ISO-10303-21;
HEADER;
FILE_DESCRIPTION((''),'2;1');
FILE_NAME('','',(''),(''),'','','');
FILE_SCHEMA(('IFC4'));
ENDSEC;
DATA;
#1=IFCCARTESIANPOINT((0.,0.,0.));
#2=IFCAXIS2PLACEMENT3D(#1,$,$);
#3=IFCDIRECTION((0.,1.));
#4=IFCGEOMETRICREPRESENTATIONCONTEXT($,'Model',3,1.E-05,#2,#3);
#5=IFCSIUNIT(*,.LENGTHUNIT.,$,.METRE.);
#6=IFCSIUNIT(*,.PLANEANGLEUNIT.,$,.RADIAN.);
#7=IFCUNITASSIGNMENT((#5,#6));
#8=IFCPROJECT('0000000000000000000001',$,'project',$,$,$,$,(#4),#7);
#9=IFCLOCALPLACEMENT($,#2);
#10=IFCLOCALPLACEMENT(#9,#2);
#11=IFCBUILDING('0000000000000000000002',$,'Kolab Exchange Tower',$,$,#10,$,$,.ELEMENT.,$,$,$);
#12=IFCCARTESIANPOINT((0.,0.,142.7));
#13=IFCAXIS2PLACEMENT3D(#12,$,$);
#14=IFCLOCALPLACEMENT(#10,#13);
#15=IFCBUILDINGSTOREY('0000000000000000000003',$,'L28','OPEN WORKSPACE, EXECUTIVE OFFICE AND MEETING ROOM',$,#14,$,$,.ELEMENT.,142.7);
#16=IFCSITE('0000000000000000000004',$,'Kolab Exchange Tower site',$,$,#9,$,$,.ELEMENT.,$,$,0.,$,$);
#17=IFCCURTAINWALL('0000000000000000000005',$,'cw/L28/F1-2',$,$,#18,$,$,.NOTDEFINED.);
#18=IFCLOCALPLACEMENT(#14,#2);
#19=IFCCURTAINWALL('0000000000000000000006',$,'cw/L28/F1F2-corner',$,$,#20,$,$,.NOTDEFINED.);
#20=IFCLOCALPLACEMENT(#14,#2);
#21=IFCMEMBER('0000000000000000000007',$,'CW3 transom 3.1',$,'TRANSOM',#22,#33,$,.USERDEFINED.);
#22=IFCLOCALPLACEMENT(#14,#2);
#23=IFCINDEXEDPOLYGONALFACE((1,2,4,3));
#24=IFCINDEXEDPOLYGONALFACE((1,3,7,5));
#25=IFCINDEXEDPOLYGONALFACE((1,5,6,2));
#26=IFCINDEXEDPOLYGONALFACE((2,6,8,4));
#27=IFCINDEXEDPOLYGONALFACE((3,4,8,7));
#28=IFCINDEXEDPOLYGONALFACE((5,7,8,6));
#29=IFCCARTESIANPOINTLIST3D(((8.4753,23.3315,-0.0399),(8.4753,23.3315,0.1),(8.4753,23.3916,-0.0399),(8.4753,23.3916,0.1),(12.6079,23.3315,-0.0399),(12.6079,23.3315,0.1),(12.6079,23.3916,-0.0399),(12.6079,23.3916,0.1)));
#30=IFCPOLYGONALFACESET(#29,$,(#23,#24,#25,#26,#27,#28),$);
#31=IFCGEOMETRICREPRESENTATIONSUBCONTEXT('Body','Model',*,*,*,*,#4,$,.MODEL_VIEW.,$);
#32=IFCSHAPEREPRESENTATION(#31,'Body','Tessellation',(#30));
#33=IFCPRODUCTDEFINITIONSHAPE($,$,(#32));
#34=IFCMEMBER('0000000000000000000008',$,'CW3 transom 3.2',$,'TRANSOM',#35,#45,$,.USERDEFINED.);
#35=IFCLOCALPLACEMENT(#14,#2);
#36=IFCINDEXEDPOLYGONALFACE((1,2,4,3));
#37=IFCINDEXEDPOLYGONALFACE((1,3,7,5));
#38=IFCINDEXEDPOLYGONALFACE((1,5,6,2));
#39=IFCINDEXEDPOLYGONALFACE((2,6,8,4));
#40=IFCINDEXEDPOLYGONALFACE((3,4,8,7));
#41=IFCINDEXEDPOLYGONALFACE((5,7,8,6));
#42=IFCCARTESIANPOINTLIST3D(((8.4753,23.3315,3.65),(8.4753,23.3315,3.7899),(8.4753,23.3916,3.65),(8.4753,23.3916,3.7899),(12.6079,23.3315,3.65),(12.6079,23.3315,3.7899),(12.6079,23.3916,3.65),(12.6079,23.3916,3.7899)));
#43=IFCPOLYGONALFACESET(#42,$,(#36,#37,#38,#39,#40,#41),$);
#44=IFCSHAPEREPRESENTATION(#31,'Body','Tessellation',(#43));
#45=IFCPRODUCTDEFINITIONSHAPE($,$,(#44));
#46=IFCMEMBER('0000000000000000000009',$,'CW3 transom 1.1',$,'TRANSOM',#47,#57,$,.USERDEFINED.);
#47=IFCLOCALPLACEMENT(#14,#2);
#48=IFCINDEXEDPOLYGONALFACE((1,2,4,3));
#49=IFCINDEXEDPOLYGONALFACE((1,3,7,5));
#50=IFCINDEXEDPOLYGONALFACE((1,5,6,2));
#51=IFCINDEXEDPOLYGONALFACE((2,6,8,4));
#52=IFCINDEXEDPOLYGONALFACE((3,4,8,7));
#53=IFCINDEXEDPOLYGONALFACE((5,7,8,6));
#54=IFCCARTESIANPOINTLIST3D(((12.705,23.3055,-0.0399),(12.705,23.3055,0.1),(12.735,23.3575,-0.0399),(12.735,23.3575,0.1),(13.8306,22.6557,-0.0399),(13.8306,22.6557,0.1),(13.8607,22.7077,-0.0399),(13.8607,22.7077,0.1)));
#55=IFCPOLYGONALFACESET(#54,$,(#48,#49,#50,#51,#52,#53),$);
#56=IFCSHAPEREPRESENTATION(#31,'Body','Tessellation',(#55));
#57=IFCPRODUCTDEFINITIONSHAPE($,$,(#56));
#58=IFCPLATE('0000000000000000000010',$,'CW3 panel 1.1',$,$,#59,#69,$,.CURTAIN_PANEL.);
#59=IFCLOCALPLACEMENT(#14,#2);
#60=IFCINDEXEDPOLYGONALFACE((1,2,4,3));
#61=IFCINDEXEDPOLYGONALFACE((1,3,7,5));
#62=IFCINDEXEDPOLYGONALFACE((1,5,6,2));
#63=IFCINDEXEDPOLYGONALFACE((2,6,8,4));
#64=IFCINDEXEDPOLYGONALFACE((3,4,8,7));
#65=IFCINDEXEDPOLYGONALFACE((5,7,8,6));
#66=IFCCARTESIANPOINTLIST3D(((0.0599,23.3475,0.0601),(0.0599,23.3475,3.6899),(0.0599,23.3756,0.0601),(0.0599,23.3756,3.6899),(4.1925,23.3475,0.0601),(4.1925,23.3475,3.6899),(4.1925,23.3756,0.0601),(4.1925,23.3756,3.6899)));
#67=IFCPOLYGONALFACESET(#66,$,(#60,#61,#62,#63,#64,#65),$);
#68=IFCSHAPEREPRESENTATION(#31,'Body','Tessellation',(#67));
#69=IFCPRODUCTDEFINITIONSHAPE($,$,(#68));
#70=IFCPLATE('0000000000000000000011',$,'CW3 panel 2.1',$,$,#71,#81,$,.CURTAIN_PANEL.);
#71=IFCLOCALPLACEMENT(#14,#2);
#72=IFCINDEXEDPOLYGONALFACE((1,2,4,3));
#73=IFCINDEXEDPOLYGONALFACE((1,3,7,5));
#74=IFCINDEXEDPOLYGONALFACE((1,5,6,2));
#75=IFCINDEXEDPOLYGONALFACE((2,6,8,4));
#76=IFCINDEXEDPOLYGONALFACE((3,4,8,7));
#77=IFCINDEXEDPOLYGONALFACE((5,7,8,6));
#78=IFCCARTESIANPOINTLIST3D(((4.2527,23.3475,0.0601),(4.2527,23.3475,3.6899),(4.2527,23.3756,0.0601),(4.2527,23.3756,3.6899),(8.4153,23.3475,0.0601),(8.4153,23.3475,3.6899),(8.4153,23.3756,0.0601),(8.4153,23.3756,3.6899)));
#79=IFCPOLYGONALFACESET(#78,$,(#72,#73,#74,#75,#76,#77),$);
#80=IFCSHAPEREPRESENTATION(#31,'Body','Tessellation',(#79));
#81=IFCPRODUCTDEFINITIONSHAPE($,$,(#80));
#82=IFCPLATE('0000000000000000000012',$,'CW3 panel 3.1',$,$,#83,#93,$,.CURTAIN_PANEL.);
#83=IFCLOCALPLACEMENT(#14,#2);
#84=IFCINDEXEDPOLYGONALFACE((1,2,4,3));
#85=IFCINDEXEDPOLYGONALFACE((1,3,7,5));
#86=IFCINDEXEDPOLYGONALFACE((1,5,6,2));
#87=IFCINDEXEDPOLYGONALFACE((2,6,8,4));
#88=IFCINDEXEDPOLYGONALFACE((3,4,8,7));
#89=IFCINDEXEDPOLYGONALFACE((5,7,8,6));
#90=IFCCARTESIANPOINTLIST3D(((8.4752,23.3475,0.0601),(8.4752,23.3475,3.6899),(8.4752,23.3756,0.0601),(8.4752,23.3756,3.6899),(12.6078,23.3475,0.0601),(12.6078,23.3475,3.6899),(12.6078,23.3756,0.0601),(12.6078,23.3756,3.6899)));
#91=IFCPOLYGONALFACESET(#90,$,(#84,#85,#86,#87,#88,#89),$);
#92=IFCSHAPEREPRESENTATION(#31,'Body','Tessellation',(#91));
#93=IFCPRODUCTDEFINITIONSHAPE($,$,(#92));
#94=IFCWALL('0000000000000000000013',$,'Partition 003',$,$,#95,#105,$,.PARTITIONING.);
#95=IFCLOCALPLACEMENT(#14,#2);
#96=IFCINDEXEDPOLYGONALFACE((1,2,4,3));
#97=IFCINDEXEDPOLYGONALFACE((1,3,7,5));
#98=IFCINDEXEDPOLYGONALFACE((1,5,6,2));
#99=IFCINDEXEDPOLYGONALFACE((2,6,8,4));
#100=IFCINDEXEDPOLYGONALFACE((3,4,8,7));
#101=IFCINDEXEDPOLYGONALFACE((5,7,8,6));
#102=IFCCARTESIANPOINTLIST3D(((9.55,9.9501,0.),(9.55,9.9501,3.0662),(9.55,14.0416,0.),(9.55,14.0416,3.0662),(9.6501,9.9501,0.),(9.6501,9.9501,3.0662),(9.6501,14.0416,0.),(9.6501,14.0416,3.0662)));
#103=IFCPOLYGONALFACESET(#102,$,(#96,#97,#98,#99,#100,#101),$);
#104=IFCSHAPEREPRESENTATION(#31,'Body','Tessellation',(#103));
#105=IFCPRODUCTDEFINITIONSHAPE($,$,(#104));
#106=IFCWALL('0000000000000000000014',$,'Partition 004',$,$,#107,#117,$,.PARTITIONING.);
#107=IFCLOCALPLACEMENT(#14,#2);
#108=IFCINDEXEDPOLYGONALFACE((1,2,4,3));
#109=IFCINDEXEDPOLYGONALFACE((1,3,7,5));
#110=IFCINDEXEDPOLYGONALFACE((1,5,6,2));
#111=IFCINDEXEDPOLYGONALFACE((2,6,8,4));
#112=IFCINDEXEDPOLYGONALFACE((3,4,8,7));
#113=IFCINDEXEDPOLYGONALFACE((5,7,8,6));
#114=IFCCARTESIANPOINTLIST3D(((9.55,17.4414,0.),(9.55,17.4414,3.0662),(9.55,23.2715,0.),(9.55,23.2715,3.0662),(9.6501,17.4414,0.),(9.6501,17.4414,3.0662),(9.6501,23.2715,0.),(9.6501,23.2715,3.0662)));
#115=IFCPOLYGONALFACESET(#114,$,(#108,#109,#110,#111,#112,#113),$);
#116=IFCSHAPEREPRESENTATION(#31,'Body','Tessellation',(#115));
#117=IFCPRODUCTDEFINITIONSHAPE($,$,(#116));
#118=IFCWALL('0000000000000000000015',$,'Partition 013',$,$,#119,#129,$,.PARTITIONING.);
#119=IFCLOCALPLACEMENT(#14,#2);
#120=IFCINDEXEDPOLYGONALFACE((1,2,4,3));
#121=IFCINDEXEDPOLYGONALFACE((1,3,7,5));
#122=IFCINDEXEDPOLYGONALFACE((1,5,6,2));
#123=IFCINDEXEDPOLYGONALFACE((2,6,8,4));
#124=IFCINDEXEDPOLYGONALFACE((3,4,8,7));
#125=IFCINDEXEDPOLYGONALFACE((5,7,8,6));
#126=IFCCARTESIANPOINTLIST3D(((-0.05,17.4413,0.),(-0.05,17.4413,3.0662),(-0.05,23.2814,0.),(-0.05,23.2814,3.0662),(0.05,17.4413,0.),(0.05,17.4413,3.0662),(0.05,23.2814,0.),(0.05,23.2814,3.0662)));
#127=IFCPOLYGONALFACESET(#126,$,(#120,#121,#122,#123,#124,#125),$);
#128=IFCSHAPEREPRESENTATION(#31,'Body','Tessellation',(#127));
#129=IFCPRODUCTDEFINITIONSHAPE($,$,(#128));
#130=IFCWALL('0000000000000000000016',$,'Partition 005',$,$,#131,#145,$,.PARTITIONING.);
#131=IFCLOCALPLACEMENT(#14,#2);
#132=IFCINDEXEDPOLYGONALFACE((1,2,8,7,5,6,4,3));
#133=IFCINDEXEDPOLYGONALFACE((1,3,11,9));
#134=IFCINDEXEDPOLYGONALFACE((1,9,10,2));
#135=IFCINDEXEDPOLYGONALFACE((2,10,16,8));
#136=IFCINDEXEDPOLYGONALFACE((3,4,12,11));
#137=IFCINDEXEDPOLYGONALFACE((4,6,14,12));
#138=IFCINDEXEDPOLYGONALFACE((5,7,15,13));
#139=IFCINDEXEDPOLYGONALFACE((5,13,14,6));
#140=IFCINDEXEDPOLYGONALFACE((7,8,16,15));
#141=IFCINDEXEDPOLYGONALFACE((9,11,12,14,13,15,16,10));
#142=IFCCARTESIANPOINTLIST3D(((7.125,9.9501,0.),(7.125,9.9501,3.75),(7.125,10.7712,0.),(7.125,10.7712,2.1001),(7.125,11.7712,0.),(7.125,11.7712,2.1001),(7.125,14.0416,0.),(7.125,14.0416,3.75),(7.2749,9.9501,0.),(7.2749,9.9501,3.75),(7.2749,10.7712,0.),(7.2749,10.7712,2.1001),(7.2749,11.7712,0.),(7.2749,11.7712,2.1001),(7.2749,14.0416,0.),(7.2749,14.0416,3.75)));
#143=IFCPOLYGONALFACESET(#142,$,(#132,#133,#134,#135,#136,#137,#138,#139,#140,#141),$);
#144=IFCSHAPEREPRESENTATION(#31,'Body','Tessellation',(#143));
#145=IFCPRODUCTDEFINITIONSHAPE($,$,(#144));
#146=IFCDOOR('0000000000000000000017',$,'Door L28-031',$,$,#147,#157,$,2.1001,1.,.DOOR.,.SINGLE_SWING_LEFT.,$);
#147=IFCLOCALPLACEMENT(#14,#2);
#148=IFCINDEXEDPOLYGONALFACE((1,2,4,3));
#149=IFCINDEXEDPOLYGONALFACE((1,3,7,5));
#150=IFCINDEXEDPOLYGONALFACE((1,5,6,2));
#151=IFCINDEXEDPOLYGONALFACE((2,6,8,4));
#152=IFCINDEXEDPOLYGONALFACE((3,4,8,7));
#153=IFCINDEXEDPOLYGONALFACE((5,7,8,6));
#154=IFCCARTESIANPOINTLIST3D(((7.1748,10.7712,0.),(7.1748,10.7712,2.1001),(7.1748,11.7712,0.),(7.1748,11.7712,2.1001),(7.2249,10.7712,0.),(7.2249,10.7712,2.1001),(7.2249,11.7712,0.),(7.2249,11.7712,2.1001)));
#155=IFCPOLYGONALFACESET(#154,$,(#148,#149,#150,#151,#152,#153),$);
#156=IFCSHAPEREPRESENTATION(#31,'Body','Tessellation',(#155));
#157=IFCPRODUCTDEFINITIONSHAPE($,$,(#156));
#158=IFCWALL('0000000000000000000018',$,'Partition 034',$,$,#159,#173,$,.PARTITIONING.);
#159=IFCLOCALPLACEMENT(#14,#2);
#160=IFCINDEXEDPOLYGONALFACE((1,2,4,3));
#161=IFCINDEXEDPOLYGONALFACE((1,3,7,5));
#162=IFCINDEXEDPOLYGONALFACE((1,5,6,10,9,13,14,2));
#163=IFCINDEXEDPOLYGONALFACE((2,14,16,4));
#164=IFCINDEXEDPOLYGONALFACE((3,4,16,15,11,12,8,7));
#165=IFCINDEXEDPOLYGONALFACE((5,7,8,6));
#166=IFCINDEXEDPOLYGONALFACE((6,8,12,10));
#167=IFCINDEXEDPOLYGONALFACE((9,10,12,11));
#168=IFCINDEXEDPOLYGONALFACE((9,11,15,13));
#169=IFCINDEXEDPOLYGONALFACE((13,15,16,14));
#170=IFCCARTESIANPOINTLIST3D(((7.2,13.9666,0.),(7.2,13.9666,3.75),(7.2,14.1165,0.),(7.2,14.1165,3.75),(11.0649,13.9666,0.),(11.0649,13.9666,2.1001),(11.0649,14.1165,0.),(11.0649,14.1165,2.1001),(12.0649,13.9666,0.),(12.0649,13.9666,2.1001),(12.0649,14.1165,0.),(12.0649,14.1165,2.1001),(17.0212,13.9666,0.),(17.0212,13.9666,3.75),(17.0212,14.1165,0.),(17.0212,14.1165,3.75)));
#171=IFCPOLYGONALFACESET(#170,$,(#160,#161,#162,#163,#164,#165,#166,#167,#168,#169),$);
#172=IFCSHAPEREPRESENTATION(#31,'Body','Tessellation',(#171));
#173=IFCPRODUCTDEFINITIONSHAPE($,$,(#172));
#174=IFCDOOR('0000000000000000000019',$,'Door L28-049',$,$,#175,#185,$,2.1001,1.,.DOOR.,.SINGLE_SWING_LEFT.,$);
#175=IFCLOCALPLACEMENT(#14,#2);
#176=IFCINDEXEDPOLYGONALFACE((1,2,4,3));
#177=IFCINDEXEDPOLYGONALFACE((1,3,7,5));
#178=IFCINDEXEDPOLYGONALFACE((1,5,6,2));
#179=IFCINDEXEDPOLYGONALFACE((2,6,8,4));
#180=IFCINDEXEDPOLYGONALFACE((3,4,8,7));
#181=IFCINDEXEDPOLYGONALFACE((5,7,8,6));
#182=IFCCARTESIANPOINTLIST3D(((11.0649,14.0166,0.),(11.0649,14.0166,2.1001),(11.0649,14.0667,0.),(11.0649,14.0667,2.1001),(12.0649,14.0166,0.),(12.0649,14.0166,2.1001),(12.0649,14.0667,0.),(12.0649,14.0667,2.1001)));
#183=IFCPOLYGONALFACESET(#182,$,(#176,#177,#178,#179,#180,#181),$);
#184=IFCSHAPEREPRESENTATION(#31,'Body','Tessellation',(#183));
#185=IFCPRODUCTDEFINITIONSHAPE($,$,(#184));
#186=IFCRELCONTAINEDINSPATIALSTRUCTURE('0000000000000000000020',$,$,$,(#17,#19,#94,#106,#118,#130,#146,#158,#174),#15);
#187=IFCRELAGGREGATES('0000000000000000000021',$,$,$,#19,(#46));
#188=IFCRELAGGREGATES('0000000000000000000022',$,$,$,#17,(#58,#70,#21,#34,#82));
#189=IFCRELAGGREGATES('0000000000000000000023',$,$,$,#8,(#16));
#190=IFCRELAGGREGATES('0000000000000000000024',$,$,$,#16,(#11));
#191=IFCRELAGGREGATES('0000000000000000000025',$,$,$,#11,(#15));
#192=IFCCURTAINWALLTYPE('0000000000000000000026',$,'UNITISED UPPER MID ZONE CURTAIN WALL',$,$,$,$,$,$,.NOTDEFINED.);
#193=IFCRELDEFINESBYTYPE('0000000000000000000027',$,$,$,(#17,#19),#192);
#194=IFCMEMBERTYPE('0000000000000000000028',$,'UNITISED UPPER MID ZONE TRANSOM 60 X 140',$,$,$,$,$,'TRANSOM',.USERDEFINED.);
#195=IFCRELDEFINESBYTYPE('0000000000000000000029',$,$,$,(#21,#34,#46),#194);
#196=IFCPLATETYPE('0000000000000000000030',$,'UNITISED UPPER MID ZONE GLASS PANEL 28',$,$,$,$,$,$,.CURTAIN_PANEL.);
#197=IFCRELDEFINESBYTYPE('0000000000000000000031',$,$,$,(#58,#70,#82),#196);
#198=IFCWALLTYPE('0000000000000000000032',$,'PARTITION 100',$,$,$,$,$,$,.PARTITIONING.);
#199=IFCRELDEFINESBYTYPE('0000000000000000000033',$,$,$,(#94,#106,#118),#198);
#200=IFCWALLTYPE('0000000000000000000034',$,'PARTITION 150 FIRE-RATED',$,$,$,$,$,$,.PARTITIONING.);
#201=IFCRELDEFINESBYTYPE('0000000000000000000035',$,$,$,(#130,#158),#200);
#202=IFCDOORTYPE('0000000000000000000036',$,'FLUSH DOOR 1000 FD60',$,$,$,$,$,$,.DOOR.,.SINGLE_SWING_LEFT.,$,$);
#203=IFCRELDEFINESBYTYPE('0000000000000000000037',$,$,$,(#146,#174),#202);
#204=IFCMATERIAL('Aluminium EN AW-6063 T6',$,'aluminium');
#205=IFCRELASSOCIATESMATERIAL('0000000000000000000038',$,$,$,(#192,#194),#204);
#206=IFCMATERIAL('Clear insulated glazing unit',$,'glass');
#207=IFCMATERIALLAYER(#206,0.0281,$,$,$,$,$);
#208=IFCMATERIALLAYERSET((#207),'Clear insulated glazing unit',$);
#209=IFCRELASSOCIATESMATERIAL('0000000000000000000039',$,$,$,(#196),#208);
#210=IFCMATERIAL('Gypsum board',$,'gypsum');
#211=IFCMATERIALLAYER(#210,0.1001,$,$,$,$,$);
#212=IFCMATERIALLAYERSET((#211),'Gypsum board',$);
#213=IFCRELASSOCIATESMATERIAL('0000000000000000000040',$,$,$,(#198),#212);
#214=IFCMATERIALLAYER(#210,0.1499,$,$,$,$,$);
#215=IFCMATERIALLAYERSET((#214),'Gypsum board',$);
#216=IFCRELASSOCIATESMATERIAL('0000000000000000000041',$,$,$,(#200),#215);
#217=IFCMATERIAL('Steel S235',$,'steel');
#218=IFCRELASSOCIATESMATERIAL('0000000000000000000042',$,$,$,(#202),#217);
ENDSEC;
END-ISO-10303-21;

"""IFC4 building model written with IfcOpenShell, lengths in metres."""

from ifc_helpers import new_model, si_unit, direction, frame, frame_2d, origin, origin_2d, place, context, subcontext, project, spatial, rectangle, extrude, material, layer, layer_set, material_profile, profile_set, type_object, element, fill, aggregate, save


model = new_model("IFC4")

# Units and contexts
model_context = context("Model", 3, precision=1e-05, world=origin(), true_north=direction((0.0, 1.0)))
body_context = subcontext(model_context, "Body", "Model", "MODEL_VIEW")
ifc_project = project(units=[si_unit("LENGTHUNIT", "METRE"), si_unit("PLANEANGLEUNIT", "RADIAN")], contexts=[model_context])

# Site, building, storey
site_placement = place(None, origin())
site = spatial("IfcSite", under=ifc_project, at=site_placement, Name="Kolab Exchange Tower site", CompositionType="ELEMENT", RefElevation=0.0)
building_placement = place(site_placement, origin())
building = spatial("IfcBuilding", under=site, at=building_placement, Name="Kolab Exchange Tower", CompositionType="ELEMENT")
storey_placement = place(building_placement, frame((0.0, 0.0, 142.7)))
storey = spatial("IfcBuildingStorey", under=building, at=storey_placement, Name="L28", Description="OPEN WORKSPACE, EXECUTIVE OFFICE AND MEETING ROOM", CompositionType="ELEMENT", Elevation=142.7)

# Curtain wall
ifc_material_1 = material(Name="Aluminium EN AW-6063 T6", Category="aluminium")
curtain_wall_type = type_object("IfcCurtainWallType", Name="UNITISED UPPER MID ZONE CURTAIN WALL", PredefinedType="NOTDEFINED", material=ifc_material_1)
curtain_wall_1_placement = place(storey_placement, origin())
curtain_wall_1 = element("IfcCurtainWall", 1, at=curtain_wall_1_placement, inside=storey, type_object=curtain_wall_type, Name="cw/L28/F1-2", PredefinedType="NOTDEFINED")

# Curtain wall
curtain_wall_2_placement = place(storey_placement, origin())
curtain_wall_2 = element("IfcCurtainWall", 2, at=curtain_wall_2_placement, inside=storey, type_object=curtain_wall_type, Name="cw/L28/F1F2-corner", PredefinedType="NOTDEFINED")

# Members
ifc_material_profile_1 = material_profile(ifc_material_1, rectangle(XDim=0.0601, YDim=0.1399, at=origin_2d()), Name="RECT 60X140")
ifc_profile_set_1 = profile_set([ifc_material_profile_1], Name="Aluminium EN AW-6063 T6")
member_type_1 = type_object("IfcMemberType", Name="UNITISED UPPER MID ZONE TRANSOM 60 X 140", ElementType="TRANSOM", PredefinedType="USERDEFINED", material=ifc_profile_set_1)
member_1_placement = place(storey_placement, frame((8.4753, 23.3616, 0.03), z_axis=(1.0, 0.0, 0.0), x_axis=(0.0, 1.0, 0.0)))
member_1 = element("IfcMember", 3, at=member_1_placement, type_object=member_type_1, Name="CW3 transom 3.1", ObjectType="TRANSOM", PredefinedType="USERDEFINED", context=body_context, shape_type="SweptSolid", body=[
    extrude(rectangle(XDim=0.0601, YDim=0.1399, at=origin_2d()), origin(), (0.0, 0.0, 1.0), 4.1326),
])
member_2_placement = place(storey_placement, frame((8.4753, 23.3616, 3.72), z_axis=(1.0, 0.0, 0.0), x_axis=(0.0, 1.0, 0.0)))
member_2 = element("IfcMember", 4, at=member_2_placement, type_object=member_type_1, Name="CW3 transom 3.2", ObjectType="TRANSOM", PredefinedType="USERDEFINED", context=body_context, shape_type="SweptSolid", body=[
    extrude(rectangle(XDim=0.0601, YDim=0.1399, at=origin_2d()), origin(), (0.0, 0.0, 1.0), 4.1326),
])
member_3_placement = place(storey_placement, frame((12.72, 23.3315, 0.03), z_axis=(0.866039, -0.499977, 0.0), x_axis=(0.499977, 0.866039, 0.0)))
member_3 = element("IfcMember", 5, at=member_3_placement, type_object=member_type_1, Name="CW3 transom 1.1", ObjectType="TRANSOM", PredefinedType="USERDEFINED", context=body_context, shape_type="SweptSolid", body=[
    extrude(rectangle(XDim=0.0601, YDim=0.1399, at=origin_2d()), origin(), (0.0, 0.0, 1.0), 1.2998),
])
aggregate(curtain_wall_2, [member_3])

# Plates
ifc_material_2 = material(Name="Clear insulated glazing unit", Category="glass")
ifc_layer_1 = layer(ifc_material_2, 0.0281)
ifc_layer_set_1 = layer_set([ifc_layer_1], Name="Clear insulated glazing unit")
plate_type = type_object("IfcPlateType", Name="UNITISED UPPER MID ZONE GLASS PANEL 28", PredefinedType="CURTAIN_PANEL", material=ifc_layer_set_1)
plate_1_placement = place(storey_placement, frame((2.1262, 23.3616, 0.0601), z_axis=(0.0, 0.0, 1.0), x_axis=(1.0, 0.0, 0.0)))
plate_1 = element("IfcPlate", 6, at=plate_1_placement, type_object=plate_type, Name="CW3 panel 1.1", PredefinedType="CURTAIN_PANEL", context=body_context, shape_type="SweptSolid", body=[
    extrude(rectangle(XDim=4.1326, YDim=0.0281, at=origin_2d()), origin(), (0.0, 0.0, 1.0), 3.6299),
])
plate_2_placement = place(storey_placement, frame((6.334, 23.3616, 0.0601), z_axis=(0.0, 0.0, 1.0), x_axis=(1.0, 0.0, 0.0)))
plate_2 = element("IfcPlate", 7, at=plate_2_placement, type_object=plate_type, Name="CW3 panel 2.1", PredefinedType="CURTAIN_PANEL", context=body_context, shape_type="SweptSolid", body=[
    extrude(rectangle(XDim=4.1626, YDim=0.0281, at=origin_2d()), origin(), (0.0, 0.0, 1.0), 3.6299),
])
plate_3_placement = place(storey_placement, frame((10.5415, 23.3616, 0.0601), z_axis=(0.0, 0.0, 1.0), x_axis=(1.0, 0.0, 0.0)))
plate_3 = element("IfcPlate", 8, at=plate_3_placement, type_object=plate_type, Name="CW3 panel 3.1", PredefinedType="CURTAIN_PANEL", context=body_context, shape_type="SweptSolid", body=[
    extrude(rectangle(XDim=4.1326, YDim=0.0281, at=origin_2d()), origin(), (0.0, 0.0, 1.0), 3.6299),
])
aggregate(curtain_wall_1, [plate_1, plate_2, member_1, member_2, plate_3])

# Walls
ifc_material_3 = material(Name="Gypsum board", Category="gypsum")
ifc_layer_2 = layer(ifc_material_3, 0.1001)
ifc_layer_set_2 = layer_set([ifc_layer_2], Name="Gypsum board")
wall_type_1 = type_object("IfcWallType", Name="PARTITION 100", PredefinedType="PARTITIONING", material=ifc_layer_set_2)
wall_1_placement = place(storey_placement, frame((9.6001, 9.95, 0.0), z_axis=(0.0, 0.0, 1.0), x_axis=(0.0, 1.0, 0.0)))
element("IfcWall", 9, at=wall_1_placement, inside=storey, type_object=wall_type_1, Name="Partition 003", PredefinedType="PARTITIONING", context=body_context, shape_type="SweptSolid", body=[
    extrude(rectangle(XDim=4.0916, YDim=0.1001, at=frame_2d((2.0459, 0.0))), origin(), (0.0, 0.0, 1.0), 3.0662),
])
wall_2_placement = place(storey_placement, frame((9.6001, 17.4414, 0.0), z_axis=(0.0, 0.0, 1.0), x_axis=(0.0, 1.0, 0.0)))
element("IfcWall", 10, at=wall_2_placement, inside=storey, type_object=wall_type_1, Name="Partition 004", PredefinedType="PARTITIONING", context=body_context, shape_type="SweptSolid", body=[
    extrude(rectangle(XDim=5.8301, YDim=0.1001, at=frame_2d((2.915, 0.0))), origin(), (0.0, 0.0, 1.0), 3.0662),
])
wall_3_placement = place(storey_placement, frame((0.0, 17.4414, 0.0), z_axis=(0.0, 0.0, 1.0), x_axis=(0.0, 1.0, 0.0)))
element("IfcWall", 11, at=wall_3_placement, inside=storey, type_object=wall_type_1, Name="Partition 013", PredefinedType="PARTITIONING", context=body_context, shape_type="SweptSolid", body=[
    extrude(rectangle(XDim=5.8401, YDim=0.1001, at=frame_2d((2.9199, 0.0))), origin(), (0.0, 0.0, 1.0), 3.0662),
])

# Walls, openings, doors
ifc_layer_3 = layer(ifc_material_3, 0.1499)
ifc_layer_set_3 = layer_set([ifc_layer_3], Name="Gypsum board")
wall_type_2 = type_object("IfcWallType", Name="PARTITION 150 FIRE-RATED", PredefinedType="PARTITIONING", material=ifc_layer_set_3)
wall_4_placement = place(storey_placement, frame((7.2, 9.95, 0.0), z_axis=(0.0, 0.0, 1.0), x_axis=(0.0, 1.0, 0.0)))
wall_4 = element("IfcWall", 12, at=wall_4_placement, inside=storey, type_object=wall_type_2, Name="Partition 005", PredefinedType="PARTITIONING", context=body_context, shape_type="SweptSolid", body=[
    extrude(rectangle(XDim=4.0916, YDim=0.1499, at=frame_2d((2.0459, 0.0))), origin(), (0.0, 0.0, 1.0), 3.75),
])
opening_1_placement = place(wall_4_placement, frame((0.8213, 0.0, 0.0)))
opening_1 = element("IfcOpeningElement", 13, at=opening_1_placement, cuts=wall_4, PredefinedType="OPENING", context=body_context, shape_type="SweptSolid", body=[
    extrude(rectangle(XDim=1.0, YDim=2.1001, at=frame_2d((0.5, 1.05))), frame((0.0, 0.085, 0.0), z_axis=(0.0, -1.0, 0.0), x_axis=(1.0, 0.0, 0.0)), (0.0, 0.0, 1.0), 0.1699),
])
ifc_material_4 = material(Name="Steel S235", Category="steel")
door_type = type_object("IfcDoorType", Name="FLUSH DOOR 1000 FD60", OperationType="SINGLE_SWING_LEFT", PredefinedType="DOOR", material=ifc_material_4)
door_1_placement = place(opening_1_placement, frame((1.0, 0.0, 0.0), z_axis=(0.0, 0.0, 1.0), x_axis=(-1.0, 0.0, 0.0)))
door_1 = element("IfcDoor", 14, at=door_1_placement, inside=storey, type_object=door_type, Name="Door L28-031", OperationType="SINGLE_SWING_LEFT", OverallHeight=2.1001, OverallWidth=1.0, PredefinedType="DOOR", context=body_context, shape_type="SweptSolid", body=[
    extrude(rectangle(XDim=1.0, YDim=2.1001, at=frame_2d((0.5, 1.05))), frame((0.0, 0.0249, 0.0), z_axis=(0.0, -1.0, 0.0), x_axis=(1.0, 0.0, 0.0)), (0.0, 0.0, 1.0), 0.05),
])
fill(opening_1, door_1)
wall_5_placement = place(storey_placement, frame((7.2, 14.0415, 0.0), z_axis=(0.0, 0.0, 1.0), x_axis=(1.0, 0.0, 0.0)))
wall_5 = element("IfcWall", 15, at=wall_5_placement, inside=storey, type_object=wall_type_2, Name="Partition 034", PredefinedType="PARTITIONING", context=body_context, shape_type="SweptSolid", body=[
    extrude(rectangle(XDim=9.8213, YDim=0.1499, at=frame_2d((4.9106, 0.0))), origin(), (0.0, 0.0, 1.0), 3.75),
])
opening_2_placement = place(wall_5_placement, frame((3.865, 0.0, 0.0)))
opening_2 = element("IfcOpeningElement", 16, at=opening_2_placement, cuts=wall_5, PredefinedType="OPENING", context=body_context, shape_type="SweptSolid", body=[
    extrude(rectangle(XDim=1.0, YDim=2.1001, at=frame_2d((0.5, 1.05))), frame((0.0, 0.085, 0.0), z_axis=(0.0, -1.0, 0.0), x_axis=(1.0, 0.0, 0.0)), (0.0, 0.0, 1.0), 0.1699),
])
door_2_placement = place(opening_2_placement, frame((1.0, 0.0, 0.0), z_axis=(0.0, 0.0, 1.0), x_axis=(-1.0, 0.0, 0.0)))
door_2 = element("IfcDoor", 17, at=door_2_placement, inside=storey, type_object=door_type, Name="Door L28-049", OperationType="SINGLE_SWING_LEFT", OverallHeight=2.1001, OverallWidth=1.0, PredefinedType="DOOR", context=body_context, shape_type="SweptSolid", body=[
    extrude(rectangle(XDim=1.0, YDim=2.1001, at=frame_2d((0.5, 1.05))), frame((0.0, 0.0249, 0.0), z_axis=(0.0, -1.0, 0.0), x_axis=(1.0, 0.0, 0.0)), (0.0, 0.0, 1.0), 0.05),
])
fill(opening_2, door_2)

save(model, "model.ifc")
